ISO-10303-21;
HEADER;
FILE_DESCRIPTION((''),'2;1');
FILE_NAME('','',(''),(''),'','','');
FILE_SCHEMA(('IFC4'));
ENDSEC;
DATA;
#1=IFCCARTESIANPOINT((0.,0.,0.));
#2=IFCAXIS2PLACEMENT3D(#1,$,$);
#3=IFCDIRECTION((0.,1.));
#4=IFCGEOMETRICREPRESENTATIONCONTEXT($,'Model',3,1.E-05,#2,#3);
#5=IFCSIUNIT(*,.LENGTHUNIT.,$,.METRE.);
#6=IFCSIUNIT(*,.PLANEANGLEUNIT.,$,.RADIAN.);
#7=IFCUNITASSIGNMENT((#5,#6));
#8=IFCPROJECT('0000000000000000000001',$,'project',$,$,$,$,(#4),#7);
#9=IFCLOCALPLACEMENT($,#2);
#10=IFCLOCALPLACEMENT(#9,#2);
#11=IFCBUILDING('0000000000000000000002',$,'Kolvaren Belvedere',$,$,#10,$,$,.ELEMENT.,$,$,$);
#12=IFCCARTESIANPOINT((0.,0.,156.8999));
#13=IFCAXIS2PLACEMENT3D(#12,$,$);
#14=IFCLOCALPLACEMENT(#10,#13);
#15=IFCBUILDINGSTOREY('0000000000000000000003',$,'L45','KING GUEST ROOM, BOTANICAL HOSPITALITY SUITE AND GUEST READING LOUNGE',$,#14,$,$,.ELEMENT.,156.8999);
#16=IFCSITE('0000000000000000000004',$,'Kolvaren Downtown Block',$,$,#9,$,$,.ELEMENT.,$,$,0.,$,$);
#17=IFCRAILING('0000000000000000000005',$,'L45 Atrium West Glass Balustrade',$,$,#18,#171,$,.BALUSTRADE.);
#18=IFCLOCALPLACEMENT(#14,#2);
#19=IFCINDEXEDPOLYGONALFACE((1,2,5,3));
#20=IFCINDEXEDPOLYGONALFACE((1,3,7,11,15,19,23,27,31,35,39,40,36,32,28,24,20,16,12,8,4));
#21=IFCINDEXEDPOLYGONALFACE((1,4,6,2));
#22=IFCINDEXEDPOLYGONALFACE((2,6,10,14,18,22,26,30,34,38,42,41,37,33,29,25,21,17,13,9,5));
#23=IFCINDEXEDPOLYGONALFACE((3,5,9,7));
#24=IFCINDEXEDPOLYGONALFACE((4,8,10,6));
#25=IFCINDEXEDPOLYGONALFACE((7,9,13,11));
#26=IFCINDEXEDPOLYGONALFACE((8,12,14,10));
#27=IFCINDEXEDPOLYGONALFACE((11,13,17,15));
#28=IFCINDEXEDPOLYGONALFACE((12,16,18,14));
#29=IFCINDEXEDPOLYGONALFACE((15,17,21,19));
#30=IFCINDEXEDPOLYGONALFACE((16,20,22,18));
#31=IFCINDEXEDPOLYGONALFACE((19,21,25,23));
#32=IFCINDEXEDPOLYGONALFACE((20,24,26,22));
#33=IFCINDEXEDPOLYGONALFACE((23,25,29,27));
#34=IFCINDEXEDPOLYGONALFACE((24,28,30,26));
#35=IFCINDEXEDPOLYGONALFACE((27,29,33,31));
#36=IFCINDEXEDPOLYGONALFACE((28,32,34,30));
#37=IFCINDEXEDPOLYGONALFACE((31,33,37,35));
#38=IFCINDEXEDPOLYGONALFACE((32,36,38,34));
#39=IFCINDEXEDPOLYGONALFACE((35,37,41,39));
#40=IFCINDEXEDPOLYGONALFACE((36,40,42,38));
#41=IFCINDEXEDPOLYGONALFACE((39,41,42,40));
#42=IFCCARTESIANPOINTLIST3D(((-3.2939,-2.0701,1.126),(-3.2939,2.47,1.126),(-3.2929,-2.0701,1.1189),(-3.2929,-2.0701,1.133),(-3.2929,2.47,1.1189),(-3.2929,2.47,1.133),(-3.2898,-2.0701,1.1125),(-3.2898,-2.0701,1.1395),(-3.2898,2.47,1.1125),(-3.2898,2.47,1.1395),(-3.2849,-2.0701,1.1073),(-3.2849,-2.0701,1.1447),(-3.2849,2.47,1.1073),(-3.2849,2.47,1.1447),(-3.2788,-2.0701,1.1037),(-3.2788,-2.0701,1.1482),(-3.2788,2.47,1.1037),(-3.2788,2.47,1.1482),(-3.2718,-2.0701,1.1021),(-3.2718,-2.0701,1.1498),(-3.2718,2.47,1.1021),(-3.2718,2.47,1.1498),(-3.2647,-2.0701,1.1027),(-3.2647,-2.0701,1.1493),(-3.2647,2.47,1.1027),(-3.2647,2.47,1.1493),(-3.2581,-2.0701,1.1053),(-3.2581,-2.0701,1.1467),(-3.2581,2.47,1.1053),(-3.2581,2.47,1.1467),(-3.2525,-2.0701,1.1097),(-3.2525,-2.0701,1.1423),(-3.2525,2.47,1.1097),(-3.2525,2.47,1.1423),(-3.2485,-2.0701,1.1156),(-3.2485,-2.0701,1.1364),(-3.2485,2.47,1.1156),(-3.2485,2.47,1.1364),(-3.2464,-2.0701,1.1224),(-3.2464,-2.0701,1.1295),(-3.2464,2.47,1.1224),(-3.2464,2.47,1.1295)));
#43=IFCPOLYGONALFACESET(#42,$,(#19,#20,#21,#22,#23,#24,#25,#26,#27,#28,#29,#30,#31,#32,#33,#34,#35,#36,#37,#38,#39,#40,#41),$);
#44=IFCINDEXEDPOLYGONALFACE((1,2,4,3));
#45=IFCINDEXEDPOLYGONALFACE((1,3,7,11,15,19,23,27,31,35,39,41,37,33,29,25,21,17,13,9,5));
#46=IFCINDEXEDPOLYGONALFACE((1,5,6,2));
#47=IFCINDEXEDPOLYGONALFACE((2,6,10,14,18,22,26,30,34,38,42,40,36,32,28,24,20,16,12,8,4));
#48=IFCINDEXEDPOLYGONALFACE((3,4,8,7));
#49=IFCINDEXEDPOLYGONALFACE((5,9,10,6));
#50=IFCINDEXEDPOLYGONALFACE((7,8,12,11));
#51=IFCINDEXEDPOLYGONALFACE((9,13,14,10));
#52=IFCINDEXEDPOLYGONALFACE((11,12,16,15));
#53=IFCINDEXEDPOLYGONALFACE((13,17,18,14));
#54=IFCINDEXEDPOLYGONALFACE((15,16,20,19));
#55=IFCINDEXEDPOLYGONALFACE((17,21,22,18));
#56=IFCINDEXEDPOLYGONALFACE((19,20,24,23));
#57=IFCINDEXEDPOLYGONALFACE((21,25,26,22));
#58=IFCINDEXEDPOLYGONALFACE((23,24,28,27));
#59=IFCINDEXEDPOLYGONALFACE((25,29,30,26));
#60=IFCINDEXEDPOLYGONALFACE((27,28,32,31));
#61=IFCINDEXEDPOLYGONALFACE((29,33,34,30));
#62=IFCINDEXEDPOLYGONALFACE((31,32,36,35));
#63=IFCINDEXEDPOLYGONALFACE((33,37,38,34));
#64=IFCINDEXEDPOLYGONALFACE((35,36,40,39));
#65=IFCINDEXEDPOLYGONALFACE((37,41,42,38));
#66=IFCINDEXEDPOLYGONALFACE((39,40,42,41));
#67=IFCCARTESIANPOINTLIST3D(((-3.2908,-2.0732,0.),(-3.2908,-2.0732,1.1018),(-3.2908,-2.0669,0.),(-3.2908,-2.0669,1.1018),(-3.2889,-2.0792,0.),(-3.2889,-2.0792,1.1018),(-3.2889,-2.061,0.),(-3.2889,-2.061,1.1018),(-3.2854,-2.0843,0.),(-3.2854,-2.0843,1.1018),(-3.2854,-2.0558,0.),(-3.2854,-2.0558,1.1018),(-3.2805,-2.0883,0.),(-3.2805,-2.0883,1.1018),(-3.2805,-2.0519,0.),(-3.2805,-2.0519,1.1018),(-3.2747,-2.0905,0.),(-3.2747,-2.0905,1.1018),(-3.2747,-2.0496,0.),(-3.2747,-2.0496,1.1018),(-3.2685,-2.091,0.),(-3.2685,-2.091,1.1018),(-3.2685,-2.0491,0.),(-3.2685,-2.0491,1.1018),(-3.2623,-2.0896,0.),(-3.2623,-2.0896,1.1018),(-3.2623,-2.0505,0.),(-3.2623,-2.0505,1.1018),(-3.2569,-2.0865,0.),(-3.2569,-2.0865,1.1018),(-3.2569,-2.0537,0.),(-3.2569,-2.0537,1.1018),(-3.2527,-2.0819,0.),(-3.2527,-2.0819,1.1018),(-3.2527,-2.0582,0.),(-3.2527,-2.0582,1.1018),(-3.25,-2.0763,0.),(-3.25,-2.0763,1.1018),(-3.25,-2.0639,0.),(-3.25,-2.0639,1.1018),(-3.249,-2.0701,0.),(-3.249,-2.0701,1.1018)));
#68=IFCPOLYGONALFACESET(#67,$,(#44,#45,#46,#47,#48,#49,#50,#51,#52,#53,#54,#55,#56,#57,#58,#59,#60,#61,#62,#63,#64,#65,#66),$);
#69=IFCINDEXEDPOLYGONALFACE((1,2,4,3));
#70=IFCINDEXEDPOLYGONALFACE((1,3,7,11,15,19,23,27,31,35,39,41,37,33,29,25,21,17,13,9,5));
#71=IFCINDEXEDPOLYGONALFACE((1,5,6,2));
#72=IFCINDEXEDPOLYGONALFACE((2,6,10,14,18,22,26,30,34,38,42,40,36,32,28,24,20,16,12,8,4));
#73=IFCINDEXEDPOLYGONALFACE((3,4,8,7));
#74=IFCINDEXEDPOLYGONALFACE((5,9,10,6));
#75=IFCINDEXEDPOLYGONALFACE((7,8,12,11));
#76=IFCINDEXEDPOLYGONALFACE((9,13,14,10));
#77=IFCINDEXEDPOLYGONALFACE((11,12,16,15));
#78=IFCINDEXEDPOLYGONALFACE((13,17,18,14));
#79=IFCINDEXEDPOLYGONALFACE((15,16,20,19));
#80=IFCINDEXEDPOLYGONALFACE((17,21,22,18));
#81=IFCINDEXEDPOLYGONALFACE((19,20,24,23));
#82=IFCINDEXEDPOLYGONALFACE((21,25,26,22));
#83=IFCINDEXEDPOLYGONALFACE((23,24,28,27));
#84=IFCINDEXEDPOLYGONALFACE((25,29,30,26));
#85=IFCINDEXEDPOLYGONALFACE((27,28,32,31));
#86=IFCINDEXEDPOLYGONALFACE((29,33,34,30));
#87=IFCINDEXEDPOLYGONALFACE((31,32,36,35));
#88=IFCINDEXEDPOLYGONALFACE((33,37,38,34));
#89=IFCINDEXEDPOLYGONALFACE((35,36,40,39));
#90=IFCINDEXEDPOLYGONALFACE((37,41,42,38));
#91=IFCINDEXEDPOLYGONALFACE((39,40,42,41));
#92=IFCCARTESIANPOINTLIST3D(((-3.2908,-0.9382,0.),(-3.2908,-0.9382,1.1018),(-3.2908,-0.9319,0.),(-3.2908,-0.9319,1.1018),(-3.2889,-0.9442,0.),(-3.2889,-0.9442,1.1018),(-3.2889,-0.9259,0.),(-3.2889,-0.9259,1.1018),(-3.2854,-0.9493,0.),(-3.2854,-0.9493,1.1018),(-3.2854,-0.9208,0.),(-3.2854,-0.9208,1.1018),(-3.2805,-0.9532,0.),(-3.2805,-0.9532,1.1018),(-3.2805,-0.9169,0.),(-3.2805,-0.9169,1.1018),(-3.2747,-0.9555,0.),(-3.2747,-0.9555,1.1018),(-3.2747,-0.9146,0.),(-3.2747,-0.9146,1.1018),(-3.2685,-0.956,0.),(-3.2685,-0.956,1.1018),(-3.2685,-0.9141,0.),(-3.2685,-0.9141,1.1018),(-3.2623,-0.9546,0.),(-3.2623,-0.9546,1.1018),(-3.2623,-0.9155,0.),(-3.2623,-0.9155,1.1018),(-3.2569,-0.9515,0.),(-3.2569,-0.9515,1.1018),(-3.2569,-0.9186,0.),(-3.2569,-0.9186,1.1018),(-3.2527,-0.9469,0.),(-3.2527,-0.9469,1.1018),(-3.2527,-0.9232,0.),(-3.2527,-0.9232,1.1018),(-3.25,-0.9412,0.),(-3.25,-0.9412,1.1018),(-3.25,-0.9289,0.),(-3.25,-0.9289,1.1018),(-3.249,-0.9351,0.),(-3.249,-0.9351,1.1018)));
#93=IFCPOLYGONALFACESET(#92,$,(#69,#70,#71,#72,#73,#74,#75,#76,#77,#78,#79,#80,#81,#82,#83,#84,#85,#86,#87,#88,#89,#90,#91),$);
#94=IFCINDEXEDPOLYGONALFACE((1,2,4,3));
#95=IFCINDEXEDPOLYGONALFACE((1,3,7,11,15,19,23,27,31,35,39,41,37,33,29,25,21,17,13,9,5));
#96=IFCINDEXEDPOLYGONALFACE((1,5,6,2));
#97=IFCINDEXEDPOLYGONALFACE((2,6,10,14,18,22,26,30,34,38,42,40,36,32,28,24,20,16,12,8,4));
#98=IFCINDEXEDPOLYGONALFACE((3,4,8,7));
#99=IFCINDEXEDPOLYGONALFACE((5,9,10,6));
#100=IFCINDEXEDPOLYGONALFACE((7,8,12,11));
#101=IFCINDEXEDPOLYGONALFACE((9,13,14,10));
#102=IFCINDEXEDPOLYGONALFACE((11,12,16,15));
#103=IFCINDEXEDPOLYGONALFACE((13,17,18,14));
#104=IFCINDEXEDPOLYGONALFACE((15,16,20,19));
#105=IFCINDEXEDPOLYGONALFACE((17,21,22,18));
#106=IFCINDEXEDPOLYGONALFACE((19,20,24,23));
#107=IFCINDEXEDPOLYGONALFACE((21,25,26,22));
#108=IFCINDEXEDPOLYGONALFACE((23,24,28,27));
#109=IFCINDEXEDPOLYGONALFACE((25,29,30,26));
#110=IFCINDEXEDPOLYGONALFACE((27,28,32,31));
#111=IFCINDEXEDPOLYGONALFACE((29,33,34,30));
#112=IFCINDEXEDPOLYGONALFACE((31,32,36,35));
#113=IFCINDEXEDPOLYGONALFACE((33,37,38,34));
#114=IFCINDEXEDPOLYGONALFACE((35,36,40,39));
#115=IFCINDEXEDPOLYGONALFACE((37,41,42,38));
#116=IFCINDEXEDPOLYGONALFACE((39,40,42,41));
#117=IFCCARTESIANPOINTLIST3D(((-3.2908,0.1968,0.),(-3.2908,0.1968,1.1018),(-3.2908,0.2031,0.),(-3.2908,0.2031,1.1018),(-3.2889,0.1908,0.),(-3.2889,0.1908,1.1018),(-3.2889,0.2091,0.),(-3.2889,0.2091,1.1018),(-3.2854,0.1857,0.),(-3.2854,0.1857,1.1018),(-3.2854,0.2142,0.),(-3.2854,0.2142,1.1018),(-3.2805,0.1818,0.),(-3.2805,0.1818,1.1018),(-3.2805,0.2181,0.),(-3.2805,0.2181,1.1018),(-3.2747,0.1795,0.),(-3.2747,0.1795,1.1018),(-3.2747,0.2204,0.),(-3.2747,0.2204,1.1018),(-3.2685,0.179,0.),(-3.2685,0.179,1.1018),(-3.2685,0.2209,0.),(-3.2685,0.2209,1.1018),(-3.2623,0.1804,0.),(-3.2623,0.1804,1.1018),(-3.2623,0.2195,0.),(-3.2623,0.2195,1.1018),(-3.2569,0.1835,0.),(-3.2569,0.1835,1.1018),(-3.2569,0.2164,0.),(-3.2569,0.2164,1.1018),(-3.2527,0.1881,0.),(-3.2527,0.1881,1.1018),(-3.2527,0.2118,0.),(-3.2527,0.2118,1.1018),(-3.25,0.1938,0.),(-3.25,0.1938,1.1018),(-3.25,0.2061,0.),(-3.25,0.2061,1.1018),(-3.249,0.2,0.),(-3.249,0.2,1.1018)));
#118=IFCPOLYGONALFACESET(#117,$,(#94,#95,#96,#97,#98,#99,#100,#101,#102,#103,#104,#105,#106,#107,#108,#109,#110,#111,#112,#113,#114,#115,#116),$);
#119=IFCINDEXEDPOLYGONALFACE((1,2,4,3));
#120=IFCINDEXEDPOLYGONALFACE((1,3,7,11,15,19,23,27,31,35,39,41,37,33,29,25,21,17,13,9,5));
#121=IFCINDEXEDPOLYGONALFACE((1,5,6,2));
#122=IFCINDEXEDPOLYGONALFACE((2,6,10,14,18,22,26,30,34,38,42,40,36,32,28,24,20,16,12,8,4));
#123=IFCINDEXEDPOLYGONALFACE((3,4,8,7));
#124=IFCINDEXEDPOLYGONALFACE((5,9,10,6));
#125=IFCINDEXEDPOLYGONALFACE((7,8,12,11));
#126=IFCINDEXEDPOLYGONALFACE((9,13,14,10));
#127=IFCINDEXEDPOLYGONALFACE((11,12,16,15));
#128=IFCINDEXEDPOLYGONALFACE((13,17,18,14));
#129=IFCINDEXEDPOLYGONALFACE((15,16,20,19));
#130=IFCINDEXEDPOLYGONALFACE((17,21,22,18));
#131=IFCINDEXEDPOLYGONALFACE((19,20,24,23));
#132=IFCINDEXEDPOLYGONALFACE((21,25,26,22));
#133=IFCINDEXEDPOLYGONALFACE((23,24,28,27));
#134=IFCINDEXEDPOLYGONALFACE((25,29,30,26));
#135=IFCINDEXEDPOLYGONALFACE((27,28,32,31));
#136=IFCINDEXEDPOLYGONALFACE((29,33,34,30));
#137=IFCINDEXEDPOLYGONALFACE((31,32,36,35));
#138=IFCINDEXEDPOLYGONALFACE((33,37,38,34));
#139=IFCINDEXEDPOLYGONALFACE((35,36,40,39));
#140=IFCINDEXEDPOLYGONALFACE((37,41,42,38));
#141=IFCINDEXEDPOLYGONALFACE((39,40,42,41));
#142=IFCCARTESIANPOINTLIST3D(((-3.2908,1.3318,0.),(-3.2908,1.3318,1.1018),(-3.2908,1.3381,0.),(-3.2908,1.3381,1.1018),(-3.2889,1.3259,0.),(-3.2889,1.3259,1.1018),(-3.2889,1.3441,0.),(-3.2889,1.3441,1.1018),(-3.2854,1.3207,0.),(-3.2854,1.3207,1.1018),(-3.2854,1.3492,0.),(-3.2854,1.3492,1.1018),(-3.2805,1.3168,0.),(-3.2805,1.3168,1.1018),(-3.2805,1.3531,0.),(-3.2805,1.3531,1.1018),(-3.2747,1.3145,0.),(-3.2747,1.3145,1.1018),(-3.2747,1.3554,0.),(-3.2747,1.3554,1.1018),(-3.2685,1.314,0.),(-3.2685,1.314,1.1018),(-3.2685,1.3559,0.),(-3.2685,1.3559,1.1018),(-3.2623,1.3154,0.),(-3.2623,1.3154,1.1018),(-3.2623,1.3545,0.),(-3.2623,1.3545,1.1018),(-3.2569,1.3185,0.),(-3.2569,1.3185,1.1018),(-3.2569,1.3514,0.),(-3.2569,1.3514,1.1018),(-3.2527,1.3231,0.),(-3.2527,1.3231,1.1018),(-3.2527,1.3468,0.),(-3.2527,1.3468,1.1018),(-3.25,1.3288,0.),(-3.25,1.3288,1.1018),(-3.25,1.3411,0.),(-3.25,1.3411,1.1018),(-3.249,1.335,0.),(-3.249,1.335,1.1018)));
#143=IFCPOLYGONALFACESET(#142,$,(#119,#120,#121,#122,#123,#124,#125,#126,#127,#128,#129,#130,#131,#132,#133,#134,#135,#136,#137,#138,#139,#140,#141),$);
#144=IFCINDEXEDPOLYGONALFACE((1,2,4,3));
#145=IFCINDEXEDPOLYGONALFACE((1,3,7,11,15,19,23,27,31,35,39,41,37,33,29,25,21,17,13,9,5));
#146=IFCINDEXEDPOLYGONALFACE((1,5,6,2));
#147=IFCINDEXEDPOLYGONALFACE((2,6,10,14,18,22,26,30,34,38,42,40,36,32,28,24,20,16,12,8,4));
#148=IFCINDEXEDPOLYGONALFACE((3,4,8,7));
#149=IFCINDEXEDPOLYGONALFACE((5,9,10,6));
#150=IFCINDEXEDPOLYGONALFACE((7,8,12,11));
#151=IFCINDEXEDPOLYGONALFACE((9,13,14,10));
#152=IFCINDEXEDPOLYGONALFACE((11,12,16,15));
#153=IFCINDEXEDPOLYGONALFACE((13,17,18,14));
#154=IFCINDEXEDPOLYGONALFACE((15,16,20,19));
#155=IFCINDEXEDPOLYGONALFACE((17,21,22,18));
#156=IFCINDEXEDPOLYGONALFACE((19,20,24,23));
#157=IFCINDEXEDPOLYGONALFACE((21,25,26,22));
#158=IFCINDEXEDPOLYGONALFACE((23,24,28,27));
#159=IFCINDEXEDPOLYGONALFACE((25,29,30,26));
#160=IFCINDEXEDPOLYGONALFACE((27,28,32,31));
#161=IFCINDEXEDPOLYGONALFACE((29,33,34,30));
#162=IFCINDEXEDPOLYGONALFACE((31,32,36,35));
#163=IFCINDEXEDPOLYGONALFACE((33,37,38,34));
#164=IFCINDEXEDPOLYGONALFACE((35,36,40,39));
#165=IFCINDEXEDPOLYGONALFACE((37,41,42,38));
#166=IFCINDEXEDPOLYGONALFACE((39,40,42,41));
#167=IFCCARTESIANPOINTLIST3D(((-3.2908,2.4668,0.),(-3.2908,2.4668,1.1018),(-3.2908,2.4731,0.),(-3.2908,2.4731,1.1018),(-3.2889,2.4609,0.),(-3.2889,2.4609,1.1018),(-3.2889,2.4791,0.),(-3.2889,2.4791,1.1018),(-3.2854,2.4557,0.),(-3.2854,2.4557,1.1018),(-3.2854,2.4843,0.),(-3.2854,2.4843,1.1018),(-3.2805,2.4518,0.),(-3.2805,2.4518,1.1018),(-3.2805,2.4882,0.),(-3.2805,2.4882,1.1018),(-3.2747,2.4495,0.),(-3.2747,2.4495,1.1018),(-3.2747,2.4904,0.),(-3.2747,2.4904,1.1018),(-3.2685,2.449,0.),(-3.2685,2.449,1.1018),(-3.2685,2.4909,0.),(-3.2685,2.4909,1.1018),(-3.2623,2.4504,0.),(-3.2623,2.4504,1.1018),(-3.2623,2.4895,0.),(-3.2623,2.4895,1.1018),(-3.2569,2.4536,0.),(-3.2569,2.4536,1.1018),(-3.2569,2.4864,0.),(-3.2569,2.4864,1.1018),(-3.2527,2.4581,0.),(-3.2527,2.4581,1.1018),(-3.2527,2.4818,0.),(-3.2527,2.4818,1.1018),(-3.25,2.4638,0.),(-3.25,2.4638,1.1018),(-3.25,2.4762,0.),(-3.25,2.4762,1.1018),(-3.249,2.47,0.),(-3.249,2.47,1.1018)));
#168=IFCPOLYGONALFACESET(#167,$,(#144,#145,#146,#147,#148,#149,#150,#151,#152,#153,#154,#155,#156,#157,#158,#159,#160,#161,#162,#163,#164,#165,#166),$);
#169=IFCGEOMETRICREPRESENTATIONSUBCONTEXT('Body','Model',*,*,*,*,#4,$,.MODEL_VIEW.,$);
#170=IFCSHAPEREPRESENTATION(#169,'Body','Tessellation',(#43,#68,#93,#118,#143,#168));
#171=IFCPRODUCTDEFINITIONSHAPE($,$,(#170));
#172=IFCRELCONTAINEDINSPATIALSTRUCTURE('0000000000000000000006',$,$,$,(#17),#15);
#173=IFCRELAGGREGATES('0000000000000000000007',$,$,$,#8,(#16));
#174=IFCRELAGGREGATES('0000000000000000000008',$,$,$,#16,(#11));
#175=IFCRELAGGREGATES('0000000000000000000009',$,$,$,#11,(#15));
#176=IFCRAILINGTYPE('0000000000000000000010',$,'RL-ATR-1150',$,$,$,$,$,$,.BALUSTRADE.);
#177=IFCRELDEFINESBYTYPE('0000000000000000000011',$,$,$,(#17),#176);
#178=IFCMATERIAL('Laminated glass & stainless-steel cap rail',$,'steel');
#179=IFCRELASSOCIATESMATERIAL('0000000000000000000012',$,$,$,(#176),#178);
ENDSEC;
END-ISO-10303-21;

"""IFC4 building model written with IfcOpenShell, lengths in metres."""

from ifc_helpers import new_model, si_unit, direction, frame, origin, origin_2d, place, context, subcontext, project, spatial, circle, extrude, material, type_object, element, save


model = new_model("IFC4")

# Units and contexts
model_context = context("Model", 3, precision=1e-05, world=origin(), true_north=direction((0.0, 1.0)))
body_context = subcontext(model_context, "Body", "Model", "MODEL_VIEW")
ifc_project = project(units=[si_unit("LENGTHUNIT", "METRE"), si_unit("PLANEANGLEUNIT", "RADIAN")], contexts=[model_context])

# Site, building, storey
site_placement = place(None, origin())
site = spatial("IfcSite", under=ifc_project, at=site_placement, Name="Kolvaren Downtown Block", CompositionType="ELEMENT", RefElevation=0.0)
building_placement = place(site_placement, origin())
building = spatial("IfcBuilding", under=site, at=building_placement, Name="Kolvaren Belvedere", CompositionType="ELEMENT")
storey_placement = place(building_placement, frame((0.0, 0.0, 156.8999)))
storey = spatial("IfcBuildingStorey", under=building, at=storey_placement, Name="L45", Description="KING GUEST ROOM, BOTANICAL HOSPITALITY SUITE AND GUEST READING LOUNGE", CompositionType="ELEMENT", Elevation=156.8999)

# Railing
ifc_material_1 = material(Name="Laminated glass & stainless-steel cap rail", Category="steel")
railing_type_1 = type_object("IfcRailingType", Name="RL-ATR-1150", PredefinedType="BALUSTRADE", material=ifc_material_1)
railing_1_placement = place(storey_placement, frame((-3.27, -2.0701, 0.0)))
element("IfcRailing", 1, at=railing_1_placement, inside=storey, type_object=railing_type_1, Name="L45 Atrium West Glass Balustrade", PredefinedType="BALUSTRADE", context=body_context, shape_type="SweptSolid", body=[
    extrude(circle(Radius=0.0239, at=origin_2d()), frame((0.0, 0.0, 1.126), z_axis=(0.0, 1.0, 0.0), x_axis=(-1.0, 0.0, 0.0)), (0.0, 0.0, 1.0), 4.54),
    extrude(circle(Radius=0.021, at=origin_2d()), origin(), (0.0, 0.0, 1.0), 1.1018),
    extrude(circle(Radius=0.021, at=origin_2d()), frame((0.0, 1.135, 0.0)), (0.0, 0.0, 1.0), 1.1018),
    extrude(circle(Radius=0.021, at=origin_2d()), frame((0.0, 2.27, 0.0)), (0.0, 0.0, 1.0), 1.1018),
    extrude(circle(Radius=0.021, at=origin_2d()), frame((0.0, 3.405, 0.0)), (0.0, 0.0, 1.0), 1.1018),
    extrude(circle(Radius=0.021, at=origin_2d()), frame((0.0, 4.54, 0.0)), (0.0, 0.0, 1.0), 1.1018),
])

save(model, "model.ifc")
